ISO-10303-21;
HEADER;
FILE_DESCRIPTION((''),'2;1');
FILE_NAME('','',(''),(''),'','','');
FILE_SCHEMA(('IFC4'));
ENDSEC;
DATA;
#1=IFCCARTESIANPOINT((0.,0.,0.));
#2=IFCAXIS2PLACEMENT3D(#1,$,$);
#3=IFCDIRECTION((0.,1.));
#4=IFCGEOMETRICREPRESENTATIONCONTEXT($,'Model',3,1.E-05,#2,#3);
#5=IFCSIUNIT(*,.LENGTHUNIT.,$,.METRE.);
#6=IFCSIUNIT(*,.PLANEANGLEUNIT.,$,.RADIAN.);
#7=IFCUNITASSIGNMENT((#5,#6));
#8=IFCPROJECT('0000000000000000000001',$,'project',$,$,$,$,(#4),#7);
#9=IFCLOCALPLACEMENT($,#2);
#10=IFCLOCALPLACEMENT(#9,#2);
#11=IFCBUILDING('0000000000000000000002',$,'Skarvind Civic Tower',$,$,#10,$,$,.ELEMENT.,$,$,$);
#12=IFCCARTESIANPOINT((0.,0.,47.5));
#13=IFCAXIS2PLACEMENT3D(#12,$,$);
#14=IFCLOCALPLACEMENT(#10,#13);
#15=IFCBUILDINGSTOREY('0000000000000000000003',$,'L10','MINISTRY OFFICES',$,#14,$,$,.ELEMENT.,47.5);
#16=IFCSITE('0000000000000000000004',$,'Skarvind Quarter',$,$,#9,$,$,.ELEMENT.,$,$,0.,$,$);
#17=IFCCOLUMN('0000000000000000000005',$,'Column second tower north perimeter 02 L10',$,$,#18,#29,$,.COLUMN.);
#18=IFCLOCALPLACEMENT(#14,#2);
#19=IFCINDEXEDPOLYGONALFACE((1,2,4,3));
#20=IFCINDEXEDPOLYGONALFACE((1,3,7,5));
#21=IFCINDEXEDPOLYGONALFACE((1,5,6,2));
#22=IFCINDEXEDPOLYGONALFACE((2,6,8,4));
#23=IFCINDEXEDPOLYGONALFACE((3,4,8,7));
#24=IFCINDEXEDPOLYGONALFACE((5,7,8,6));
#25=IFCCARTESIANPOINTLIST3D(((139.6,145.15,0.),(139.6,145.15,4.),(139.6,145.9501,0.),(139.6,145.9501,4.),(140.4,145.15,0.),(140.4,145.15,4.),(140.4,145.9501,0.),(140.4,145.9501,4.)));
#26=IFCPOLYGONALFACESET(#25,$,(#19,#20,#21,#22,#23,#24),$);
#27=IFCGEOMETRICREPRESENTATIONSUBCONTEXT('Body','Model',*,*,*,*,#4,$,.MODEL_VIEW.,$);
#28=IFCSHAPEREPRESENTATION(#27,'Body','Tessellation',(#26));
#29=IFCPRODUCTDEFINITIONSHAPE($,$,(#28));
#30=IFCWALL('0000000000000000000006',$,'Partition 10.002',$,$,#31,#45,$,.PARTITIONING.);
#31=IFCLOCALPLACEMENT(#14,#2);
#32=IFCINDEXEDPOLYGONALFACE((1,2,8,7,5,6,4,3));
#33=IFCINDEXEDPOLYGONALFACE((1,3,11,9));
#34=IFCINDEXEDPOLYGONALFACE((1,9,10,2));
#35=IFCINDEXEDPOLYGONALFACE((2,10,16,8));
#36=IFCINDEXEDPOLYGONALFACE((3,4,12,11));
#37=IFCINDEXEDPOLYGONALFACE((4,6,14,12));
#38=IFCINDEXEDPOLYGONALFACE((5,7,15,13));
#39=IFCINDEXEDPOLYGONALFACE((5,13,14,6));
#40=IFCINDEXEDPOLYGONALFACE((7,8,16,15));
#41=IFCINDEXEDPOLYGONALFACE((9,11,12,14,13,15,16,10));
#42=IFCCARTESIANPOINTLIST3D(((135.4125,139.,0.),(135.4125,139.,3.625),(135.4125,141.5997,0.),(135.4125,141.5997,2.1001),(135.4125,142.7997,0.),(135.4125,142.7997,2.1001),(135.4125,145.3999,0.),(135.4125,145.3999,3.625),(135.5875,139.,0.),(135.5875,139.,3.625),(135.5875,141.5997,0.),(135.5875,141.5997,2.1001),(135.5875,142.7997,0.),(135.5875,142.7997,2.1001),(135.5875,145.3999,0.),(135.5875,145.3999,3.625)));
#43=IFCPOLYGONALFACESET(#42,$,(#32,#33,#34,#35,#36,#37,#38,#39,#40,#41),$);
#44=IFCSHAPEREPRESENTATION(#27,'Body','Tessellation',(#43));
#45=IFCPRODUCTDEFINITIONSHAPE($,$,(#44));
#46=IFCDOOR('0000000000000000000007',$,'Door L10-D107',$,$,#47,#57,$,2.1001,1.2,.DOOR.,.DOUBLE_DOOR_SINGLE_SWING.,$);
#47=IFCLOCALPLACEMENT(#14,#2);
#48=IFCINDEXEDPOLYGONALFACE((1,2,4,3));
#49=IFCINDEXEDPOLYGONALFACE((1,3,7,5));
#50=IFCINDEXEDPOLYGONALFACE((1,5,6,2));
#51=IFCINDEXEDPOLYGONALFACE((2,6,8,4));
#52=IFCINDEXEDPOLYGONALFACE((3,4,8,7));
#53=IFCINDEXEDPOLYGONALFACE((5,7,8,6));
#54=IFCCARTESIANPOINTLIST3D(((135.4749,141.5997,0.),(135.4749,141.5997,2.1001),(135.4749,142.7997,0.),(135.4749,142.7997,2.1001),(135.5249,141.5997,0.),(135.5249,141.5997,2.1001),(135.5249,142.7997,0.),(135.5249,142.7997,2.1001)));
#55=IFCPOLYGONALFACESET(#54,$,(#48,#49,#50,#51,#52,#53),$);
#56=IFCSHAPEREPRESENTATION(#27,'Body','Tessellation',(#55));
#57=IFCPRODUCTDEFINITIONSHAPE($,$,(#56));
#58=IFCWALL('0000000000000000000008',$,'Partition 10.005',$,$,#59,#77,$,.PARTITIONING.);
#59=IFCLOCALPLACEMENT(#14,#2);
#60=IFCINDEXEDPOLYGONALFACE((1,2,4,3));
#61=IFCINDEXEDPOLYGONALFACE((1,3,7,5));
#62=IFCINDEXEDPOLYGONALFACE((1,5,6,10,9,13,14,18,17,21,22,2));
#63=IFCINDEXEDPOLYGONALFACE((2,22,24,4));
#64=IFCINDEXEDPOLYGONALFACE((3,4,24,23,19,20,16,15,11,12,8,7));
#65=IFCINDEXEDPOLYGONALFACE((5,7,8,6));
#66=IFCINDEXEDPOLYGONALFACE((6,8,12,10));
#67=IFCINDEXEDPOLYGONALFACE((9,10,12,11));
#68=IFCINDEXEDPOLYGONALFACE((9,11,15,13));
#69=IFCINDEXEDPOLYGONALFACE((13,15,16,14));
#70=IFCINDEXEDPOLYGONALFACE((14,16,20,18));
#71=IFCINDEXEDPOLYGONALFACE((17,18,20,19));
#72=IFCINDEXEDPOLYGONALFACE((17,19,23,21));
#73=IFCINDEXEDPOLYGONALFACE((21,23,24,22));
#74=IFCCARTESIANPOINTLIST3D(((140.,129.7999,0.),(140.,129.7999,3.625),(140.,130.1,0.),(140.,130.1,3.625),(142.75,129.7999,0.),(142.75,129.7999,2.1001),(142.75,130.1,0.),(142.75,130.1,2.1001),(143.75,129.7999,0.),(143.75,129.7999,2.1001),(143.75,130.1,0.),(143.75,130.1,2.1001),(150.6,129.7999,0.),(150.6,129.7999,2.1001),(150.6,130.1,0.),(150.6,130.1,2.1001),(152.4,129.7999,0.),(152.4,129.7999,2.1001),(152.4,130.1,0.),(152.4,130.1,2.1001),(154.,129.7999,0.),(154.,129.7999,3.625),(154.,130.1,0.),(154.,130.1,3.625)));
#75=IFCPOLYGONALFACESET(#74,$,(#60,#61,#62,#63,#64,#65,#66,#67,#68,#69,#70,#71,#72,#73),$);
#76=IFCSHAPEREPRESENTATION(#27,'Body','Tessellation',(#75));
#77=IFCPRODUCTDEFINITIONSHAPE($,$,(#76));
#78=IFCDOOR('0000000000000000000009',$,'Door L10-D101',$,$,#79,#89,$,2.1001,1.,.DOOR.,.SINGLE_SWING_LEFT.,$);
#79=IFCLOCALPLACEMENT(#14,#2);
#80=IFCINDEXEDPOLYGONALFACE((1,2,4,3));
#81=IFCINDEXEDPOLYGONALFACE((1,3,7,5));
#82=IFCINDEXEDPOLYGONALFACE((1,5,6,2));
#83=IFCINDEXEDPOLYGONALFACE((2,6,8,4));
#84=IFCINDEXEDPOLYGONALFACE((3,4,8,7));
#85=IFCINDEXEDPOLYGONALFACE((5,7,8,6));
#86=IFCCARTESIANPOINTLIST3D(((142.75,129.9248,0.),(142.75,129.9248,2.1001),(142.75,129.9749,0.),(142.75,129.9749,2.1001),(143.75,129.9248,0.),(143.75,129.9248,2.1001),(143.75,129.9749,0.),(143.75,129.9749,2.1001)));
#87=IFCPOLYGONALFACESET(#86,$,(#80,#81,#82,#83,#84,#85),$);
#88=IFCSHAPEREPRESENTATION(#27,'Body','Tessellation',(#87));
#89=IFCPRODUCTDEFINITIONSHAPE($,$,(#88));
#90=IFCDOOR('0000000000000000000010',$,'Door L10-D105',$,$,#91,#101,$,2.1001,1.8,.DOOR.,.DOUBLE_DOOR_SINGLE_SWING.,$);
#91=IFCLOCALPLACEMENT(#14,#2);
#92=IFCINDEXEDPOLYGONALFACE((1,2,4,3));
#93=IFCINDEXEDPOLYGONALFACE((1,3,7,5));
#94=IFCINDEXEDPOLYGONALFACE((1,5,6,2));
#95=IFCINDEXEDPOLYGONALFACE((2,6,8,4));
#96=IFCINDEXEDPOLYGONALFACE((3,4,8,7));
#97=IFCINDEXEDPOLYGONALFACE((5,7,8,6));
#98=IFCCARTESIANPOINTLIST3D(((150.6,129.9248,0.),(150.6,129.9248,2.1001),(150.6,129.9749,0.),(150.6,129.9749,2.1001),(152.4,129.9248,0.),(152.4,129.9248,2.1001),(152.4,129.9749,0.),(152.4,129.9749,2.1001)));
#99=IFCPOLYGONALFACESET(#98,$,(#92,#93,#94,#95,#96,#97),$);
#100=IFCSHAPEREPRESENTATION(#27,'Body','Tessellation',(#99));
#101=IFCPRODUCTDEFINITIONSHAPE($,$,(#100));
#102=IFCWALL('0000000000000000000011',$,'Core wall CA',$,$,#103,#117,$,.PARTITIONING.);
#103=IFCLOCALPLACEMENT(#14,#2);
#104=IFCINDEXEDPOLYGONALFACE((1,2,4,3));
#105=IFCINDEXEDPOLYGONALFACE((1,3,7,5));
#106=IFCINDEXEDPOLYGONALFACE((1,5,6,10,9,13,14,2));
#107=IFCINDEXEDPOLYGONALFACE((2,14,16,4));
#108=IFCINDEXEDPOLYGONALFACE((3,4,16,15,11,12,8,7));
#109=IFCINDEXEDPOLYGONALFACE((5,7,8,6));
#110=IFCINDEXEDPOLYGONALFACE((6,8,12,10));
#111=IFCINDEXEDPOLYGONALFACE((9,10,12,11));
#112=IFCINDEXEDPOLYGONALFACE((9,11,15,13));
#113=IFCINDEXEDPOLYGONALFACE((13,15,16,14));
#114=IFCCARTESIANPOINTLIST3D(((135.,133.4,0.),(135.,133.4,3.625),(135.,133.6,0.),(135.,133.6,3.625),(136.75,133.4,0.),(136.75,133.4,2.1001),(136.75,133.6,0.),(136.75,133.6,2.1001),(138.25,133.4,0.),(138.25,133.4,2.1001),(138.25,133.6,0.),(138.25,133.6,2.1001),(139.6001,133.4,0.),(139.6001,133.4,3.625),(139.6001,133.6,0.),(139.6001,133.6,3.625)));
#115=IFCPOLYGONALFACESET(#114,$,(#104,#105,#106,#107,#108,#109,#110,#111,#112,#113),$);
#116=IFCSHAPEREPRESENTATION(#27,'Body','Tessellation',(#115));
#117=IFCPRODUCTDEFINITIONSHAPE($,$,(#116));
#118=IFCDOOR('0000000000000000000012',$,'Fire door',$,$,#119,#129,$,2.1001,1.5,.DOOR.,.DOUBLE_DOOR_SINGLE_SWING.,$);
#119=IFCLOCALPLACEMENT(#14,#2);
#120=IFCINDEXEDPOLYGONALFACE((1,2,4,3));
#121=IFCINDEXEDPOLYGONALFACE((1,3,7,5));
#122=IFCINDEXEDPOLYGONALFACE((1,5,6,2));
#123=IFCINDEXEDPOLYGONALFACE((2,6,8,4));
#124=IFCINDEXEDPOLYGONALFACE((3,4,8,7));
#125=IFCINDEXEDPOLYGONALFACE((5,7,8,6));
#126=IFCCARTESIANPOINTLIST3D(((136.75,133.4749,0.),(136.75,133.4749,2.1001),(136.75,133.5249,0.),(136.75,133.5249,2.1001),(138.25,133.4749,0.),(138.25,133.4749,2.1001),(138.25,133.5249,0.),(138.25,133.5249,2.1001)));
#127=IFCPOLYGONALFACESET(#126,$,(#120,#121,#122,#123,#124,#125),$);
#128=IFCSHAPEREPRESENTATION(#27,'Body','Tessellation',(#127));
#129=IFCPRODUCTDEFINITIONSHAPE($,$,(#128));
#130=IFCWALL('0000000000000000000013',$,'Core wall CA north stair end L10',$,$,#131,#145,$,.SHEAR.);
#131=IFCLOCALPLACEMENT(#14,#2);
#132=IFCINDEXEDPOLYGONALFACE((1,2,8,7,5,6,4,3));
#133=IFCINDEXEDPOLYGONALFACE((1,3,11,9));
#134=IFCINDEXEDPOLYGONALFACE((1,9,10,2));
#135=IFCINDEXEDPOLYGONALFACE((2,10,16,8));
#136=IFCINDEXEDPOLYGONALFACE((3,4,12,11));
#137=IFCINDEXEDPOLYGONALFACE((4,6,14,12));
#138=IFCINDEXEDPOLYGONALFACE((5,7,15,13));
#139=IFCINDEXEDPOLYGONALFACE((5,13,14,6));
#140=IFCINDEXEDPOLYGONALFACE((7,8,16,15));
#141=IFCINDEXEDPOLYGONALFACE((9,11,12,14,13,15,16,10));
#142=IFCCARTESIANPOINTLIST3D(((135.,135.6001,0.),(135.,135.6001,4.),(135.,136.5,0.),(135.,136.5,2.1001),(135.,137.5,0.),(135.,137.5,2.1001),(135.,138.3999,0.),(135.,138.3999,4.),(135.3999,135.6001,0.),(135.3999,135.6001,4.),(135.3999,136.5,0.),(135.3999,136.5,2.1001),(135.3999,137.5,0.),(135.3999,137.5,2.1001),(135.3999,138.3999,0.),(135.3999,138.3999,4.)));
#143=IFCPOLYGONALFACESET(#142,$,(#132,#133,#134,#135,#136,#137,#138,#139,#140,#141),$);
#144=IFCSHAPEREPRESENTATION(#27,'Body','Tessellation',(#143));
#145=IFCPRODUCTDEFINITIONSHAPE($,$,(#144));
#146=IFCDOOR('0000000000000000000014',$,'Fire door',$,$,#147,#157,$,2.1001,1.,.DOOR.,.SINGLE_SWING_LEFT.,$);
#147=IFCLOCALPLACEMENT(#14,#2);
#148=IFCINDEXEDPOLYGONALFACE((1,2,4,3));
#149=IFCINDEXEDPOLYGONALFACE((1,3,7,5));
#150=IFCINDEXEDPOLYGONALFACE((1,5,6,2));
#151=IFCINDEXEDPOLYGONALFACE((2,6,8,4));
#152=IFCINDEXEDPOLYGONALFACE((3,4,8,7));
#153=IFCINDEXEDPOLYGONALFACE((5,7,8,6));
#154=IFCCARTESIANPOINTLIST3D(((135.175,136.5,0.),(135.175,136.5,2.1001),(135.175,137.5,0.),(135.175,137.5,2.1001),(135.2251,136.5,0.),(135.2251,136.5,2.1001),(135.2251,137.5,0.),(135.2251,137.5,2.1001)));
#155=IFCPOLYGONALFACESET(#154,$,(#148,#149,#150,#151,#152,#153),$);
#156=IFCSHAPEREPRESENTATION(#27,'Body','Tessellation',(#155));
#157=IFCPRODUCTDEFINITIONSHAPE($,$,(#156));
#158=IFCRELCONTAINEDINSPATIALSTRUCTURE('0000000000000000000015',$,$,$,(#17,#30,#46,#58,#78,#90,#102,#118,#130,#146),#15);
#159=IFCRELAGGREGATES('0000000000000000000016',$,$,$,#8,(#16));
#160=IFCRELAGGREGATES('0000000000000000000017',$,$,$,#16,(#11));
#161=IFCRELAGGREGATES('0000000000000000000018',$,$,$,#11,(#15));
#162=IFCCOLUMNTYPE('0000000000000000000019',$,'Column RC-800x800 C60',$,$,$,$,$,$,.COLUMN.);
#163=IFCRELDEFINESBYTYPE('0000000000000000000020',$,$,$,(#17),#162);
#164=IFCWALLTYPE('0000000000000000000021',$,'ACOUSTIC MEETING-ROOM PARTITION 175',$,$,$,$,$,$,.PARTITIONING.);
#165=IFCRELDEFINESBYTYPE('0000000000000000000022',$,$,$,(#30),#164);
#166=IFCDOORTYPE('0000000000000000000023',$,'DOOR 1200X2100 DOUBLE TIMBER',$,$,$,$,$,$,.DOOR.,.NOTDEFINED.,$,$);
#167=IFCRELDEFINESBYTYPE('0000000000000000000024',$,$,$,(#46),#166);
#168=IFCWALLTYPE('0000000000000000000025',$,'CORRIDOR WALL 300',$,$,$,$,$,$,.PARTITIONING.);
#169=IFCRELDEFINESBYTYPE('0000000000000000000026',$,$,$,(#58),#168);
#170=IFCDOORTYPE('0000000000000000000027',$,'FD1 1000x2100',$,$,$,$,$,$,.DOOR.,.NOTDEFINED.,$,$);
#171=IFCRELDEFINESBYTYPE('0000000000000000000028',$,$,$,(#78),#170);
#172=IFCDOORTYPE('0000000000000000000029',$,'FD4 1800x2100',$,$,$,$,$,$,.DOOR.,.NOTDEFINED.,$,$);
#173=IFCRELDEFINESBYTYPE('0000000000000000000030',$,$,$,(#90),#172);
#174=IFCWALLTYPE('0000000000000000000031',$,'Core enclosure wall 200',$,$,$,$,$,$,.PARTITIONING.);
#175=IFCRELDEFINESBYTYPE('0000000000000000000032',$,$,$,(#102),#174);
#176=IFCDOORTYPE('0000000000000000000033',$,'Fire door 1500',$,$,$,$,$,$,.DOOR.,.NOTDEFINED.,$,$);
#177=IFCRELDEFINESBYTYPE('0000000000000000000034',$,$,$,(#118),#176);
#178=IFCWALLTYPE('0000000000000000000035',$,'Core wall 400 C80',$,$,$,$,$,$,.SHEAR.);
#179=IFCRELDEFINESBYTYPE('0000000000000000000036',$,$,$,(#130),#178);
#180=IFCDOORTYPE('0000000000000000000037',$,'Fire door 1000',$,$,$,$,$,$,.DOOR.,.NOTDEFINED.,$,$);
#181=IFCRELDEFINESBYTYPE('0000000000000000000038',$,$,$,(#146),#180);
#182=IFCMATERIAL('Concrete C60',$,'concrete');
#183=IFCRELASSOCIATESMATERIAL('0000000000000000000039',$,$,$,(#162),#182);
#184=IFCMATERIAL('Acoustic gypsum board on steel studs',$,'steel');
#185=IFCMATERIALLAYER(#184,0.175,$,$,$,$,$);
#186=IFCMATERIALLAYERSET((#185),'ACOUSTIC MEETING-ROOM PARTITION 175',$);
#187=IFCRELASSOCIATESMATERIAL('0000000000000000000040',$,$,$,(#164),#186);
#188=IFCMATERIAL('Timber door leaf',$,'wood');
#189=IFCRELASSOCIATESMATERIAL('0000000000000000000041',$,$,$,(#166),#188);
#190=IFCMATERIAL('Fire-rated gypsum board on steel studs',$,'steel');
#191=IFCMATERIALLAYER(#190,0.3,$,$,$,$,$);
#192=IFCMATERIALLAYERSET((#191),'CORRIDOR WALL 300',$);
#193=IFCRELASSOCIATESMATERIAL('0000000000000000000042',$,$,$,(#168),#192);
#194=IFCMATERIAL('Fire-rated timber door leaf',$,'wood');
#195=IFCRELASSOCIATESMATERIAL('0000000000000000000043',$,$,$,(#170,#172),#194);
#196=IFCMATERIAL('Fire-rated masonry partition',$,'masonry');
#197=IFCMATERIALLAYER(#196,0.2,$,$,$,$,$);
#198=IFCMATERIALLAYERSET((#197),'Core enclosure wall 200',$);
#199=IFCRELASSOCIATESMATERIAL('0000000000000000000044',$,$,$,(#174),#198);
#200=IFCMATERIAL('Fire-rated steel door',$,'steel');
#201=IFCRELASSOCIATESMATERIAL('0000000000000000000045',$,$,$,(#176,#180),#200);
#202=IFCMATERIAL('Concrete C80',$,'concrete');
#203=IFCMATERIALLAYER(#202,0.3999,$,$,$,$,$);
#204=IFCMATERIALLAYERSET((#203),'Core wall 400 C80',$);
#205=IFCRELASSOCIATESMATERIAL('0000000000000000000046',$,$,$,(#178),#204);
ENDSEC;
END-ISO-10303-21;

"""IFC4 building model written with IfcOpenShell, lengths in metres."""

from ifc_helpers import new_model, si_unit, direction, frame, frame_2d, origin, origin_2d, place, context, subcontext, project, spatial, rectangle, extrude, material, layer, layer_set, material_profile, profile_set, type_object, element, fill, save


model = new_model("IFC4")

# Units and contexts
model_context = context("Model", 3, precision=1e-05, world=origin(), true_north=direction((0.0, 1.0)))
body_context = subcontext(model_context, "Body", "Model", "MODEL_VIEW")
ifc_project = project(units=[si_unit("LENGTHUNIT", "METRE"), si_unit("PLANEANGLEUNIT", "RADIAN")], contexts=[model_context])

# Site, building, storey
site_placement = place(None, origin())
site = spatial("IfcSite", under=ifc_project, at=site_placement, Name="Skarvind Quarter", CompositionType="ELEMENT", RefElevation=0.0)
building_placement = place(site_placement, origin())
building = spatial("IfcBuilding", under=site, at=building_placement, Name="Skarvind Civic Tower", CompositionType="ELEMENT")
storey_placement = place(building_placement, frame((0.0, 0.0, 47.5)))
storey = spatial("IfcBuildingStorey", under=building, at=storey_placement, Name="L10", Description="MINISTRY OFFICES", CompositionType="ELEMENT", Elevation=47.5)

# Column
ifc_material_1 = material(Name="Concrete C60", Category="concrete")
ifc_material_profile = material_profile(ifc_material_1, rectangle(XDim=0.8, YDim=0.8, at=origin_2d()), Name="RC-800x800")
ifc_profile_set = profile_set([ifc_material_profile], Name="Concrete C60")
column_type = type_object("IfcColumnType", Name="Column RC-800x800 C60", PredefinedType="COLUMN", material=ifc_profile_set)
column_placement = place(storey_placement, frame((140.0, 145.55, 0.0), z_axis=(0.0, 0.0, 1.0), x_axis=(1.0, 0.0, 0.0)))
element("IfcColumn", 1, at=column_placement, inside=storey, type_object=column_type, Name="Column second tower north perimeter 02 L10", PredefinedType="COLUMN", context=body_context, shape_type="SweptSolid", body=[
    extrude(rectangle(XDim=0.8, YDim=0.8, at=origin_2d()), origin(), (0.0, 0.0, 1.0), 4.0),
])

# Wall, opening, door
ifc_material_2 = material(Name="Acoustic gypsum board on steel studs", Category="steel")
ifc_layer_1 = layer(ifc_material_2, 0.175)
ifc_layer_set_1 = layer_set([ifc_layer_1], Name="ACOUSTIC MEETING-ROOM PARTITION 175")
wall_type_1 = type_object("IfcWallType", Name="ACOUSTIC MEETING-ROOM PARTITION 175", PredefinedType="PARTITIONING", material=ifc_layer_set_1)
wall_1_placement = place(storey_placement, frame((135.5, 145.3999, 0.0), z_axis=(0.0, 0.0, 1.0), x_axis=(0.0, -1.0, 0.0)))
wall_1 = element("IfcWall", 2, at=wall_1_placement, inside=storey, type_object=wall_type_1, Name="Partition 10.002", PredefinedType="PARTITIONING", context=body_context, shape_type="SweptSolid", body=[
    extrude(rectangle(XDim=6.3999, YDim=0.175, at=frame_2d((3.2, 0.0))), origin(), (0.0, 0.0, 1.0), 3.625),
])
opening_1_placement = place(wall_1_placement, frame((2.6001, 0.0, 0.0)))
opening_1 = element("IfcOpeningElement", 3, at=opening_1_placement, cuts=wall_1, PredefinedType="OPENING", context=body_context, shape_type="SweptSolid", body=[
    extrude(rectangle(XDim=1.2, YDim=2.1001, at=frame_2d((0.6001, 1.05))), frame((0.0, 0.0974, 0.0), z_axis=(0.0, -1.0, 0.0), x_axis=(1.0, 0.0, 0.0)), (0.0, 0.0, 1.0), 0.1951),
])
ifc_material_3 = material(Name="Timber door leaf", Category="wood")
door_type_1 = type_object("IfcDoorType", Name="DOOR 1200X2100 DOUBLE TIMBER", OperationType="NOTDEFINED", PredefinedType="DOOR", material=ifc_material_3)
door_1_placement = place(opening_1_placement, origin())
door_1 = element("IfcDoor", 4, at=door_1_placement, inside=storey, type_object=door_type_1, Name="Door L10-D107", OperationType="DOUBLE_DOOR_SINGLE_SWING", OverallHeight=2.1001, OverallWidth=1.2, PredefinedType="DOOR", context=body_context, shape_type="SweptSolid", body=[
    extrude(rectangle(XDim=1.2, YDim=2.1001, at=frame_2d((0.6001, 1.05))), frame((0.0, 0.0249, 0.0), z_axis=(0.0, -1.0, 0.0), x_axis=(1.0, 0.0, 0.0)), (0.0, 0.0, 1.0), 0.05),
])
fill(opening_1, door_1)

# Wall, openings, doors
ifc_material_4 = material(Name="Fire-rated gypsum board on steel studs", Category="steel")
ifc_layer_2 = layer(ifc_material_4, 0.3)
ifc_layer_set_2 = layer_set([ifc_layer_2], Name="CORRIDOR WALL 300")
wall_type_2 = type_object("IfcWallType", Name="CORRIDOR WALL 300", PredefinedType="PARTITIONING", material=ifc_layer_set_2)
wall_2_placement = place(storey_placement, frame((140.0, 129.95, 0.0), z_axis=(0.0, 0.0, 1.0), x_axis=(1.0, 0.0, 0.0)))
wall_2 = element("IfcWall", 5, at=wall_2_placement, inside=storey, type_object=wall_type_2, Name="Partition 10.005", PredefinedType="PARTITIONING", context=body_context, shape_type="SweptSolid", body=[
    extrude(rectangle(XDim=14.0, YDim=0.3, at=frame_2d((7.0, 0.0))), origin(), (0.0, 0.0, 1.0), 3.625),
])
opening_2_placement = place(wall_2_placement, frame((2.75, 0.0, 0.0)))
opening_2 = element("IfcOpeningElement", 6, at=opening_2_placement, cuts=wall_2, PredefinedType="OPENING", context=body_context, shape_type="SweptSolid", body=[
    extrude(rectangle(XDim=1.0, YDim=2.1001, at=frame_2d((0.5, 1.05))), frame((0.0, 0.1599, 0.0), z_axis=(0.0, -1.0, 0.0), x_axis=(1.0, 0.0, 0.0)), (0.0, 0.0, 1.0), 0.3201),
])
opening_3_placement = place(wall_2_placement, frame((10.6001, 0.0, 0.0)))
opening_3 = element("IfcOpeningElement", 7, at=opening_3_placement, cuts=wall_2, PredefinedType="OPENING", context=body_context, shape_type="SweptSolid", body=[
    extrude(rectangle(XDim=1.8, YDim=2.1001, at=frame_2d((0.8999, 1.05))), frame((0.0, 0.1599, 0.0), z_axis=(0.0, -1.0, 0.0), x_axis=(1.0, 0.0, 0.0)), (0.0, 0.0, 1.0), 0.3201),
])
ifc_material_5 = material(Name="Fire-rated timber door leaf", Category="wood")
door_type_2 = type_object("IfcDoorType", Name="FD1 1000x2100", OperationType="NOTDEFINED", PredefinedType="DOOR", material=ifc_material_5)
door_2_placement = place(opening_2_placement, origin())
door_2 = element("IfcDoor", 8, at=door_2_placement, inside=storey, type_object=door_type_2, Name="Door L10-D101", OperationType="SINGLE_SWING_LEFT", OverallHeight=2.1001, OverallWidth=1.0, PredefinedType="DOOR", context=body_context, shape_type="SweptSolid", body=[
    extrude(rectangle(XDim=1.0, YDim=2.1001, at=frame_2d((0.5, 1.05))), frame((0.0, 0.0249, 0.0), z_axis=(0.0, -1.0, 0.0), x_axis=(1.0, 0.0, 0.0)), (0.0, 0.0, 1.0), 0.05),
])
fill(opening_2, door_2)
door_type_3 = type_object("IfcDoorType", Name="FD4 1800x2100", OperationType="NOTDEFINED", PredefinedType="DOOR", material=ifc_material_5)
door_3_placement = place(opening_3_placement, origin())
door_3 = element("IfcDoor", 9, at=door_3_placement, inside=storey, type_object=door_type_3, Name="Door L10-D105", OperationType="DOUBLE_DOOR_SINGLE_SWING", OverallHeight=2.1001, OverallWidth=1.8, PredefinedType="DOOR", context=body_context, shape_type="SweptSolid", body=[
    extrude(rectangle(XDim=1.8, YDim=2.1001, at=frame_2d((0.8999, 1.05))), frame((0.0, 0.0249, 0.0), z_axis=(0.0, -1.0, 0.0), x_axis=(1.0, 0.0, 0.0)), (0.0, 0.0, 1.0), 0.05),
])
fill(opening_3, door_3)

# Walls, openings, doors
ifc_material_6 = material(Name="Fire-rated masonry partition", Category="masonry")
ifc_layer_3 = layer(ifc_material_6, 0.2)
ifc_layer_set_3 = layer_set([ifc_layer_3], Name="Core enclosure wall 200")
wall_type_3 = type_object("IfcWallType", Name="Core enclosure wall 200", PredefinedType="PARTITIONING", material=ifc_layer_set_3)
wall_3_placement = place(storey_placement, frame((135.0, 133.5, 0.0), z_axis=(0.0, 0.0, 1.0), x_axis=(1.0, 0.0, 0.0)))
wall_3 = element("IfcWall", 10, at=wall_3_placement, inside=storey, type_object=wall_type_3, Name="Core wall CA", PredefinedType="PARTITIONING", context=body_context, shape_type="SweptSolid", body=[
    extrude(rectangle(XDim=4.6001, YDim=0.2, at=frame_2d((2.3, 0.0))), origin(), (0.0, 0.0, 1.0), 3.625),
])
opening_4_placement = place(wall_3_placement, frame((1.75, 0.0, 0.0)))
opening_4 = element("IfcOpeningElement", 11, at=opening_4_placement, cuts=wall_3, PredefinedType="OPENING", context=body_context, shape_type="SweptSolid", body=[
    extrude(rectangle(XDim=1.5, YDim=2.1001, at=frame_2d((0.75, 1.05))), frame((0.0, 0.1099, 0.0), z_axis=(0.0, -1.0, 0.0), x_axis=(1.0, 0.0, 0.0)), (0.0, 0.0, 1.0), 0.22),
])
ifc_material_7 = material(Name="Fire-rated steel door", Category="steel")
door_type_4 = type_object("IfcDoorType", Name="Fire door 1500", OperationType="NOTDEFINED", PredefinedType="DOOR", material=ifc_material_7)
door_4_placement = place(opening_4_placement, origin())
door_4 = element("IfcDoor", 12, at=door_4_placement, inside=storey, type_object=door_type_4, Name="Fire door", OperationType="DOUBLE_DOOR_SINGLE_SWING", OverallHeight=2.1001, OverallWidth=1.5, PredefinedType="DOOR", context=body_context, shape_type="SweptSolid", body=[
    extrude(rectangle(XDim=1.5, YDim=2.1001, at=frame_2d((0.75, 1.05))), frame((0.0, 0.0249, 0.0), z_axis=(0.0, -1.0, 0.0), x_axis=(1.0, 0.0, 0.0)), (0.0, 0.0, 1.0), 0.05),
])
fill(opening_4, door_4)
ifc_material_8 = material(Name="Concrete C80", Category="concrete")
ifc_layer_4 = layer(ifc_material_8, 0.3999)
ifc_layer_set_4 = layer_set([ifc_layer_4], Name="Core wall 400 C80")
wall_type_4 = type_object("IfcWallType", Name="Core wall 400 C80", PredefinedType="SHEAR", material=ifc_layer_set_4)
wall_4_placement = place(storey_placement, frame((135.2, 135.6001, 0.0), z_axis=(0.0, 0.0, 1.0), x_axis=(0.0, 1.0, 0.0)))
wall_4 = element("IfcWall", 13, at=wall_4_placement, inside=storey, type_object=wall_type_4, Name="Core wall CA north stair end L10", PredefinedType="SHEAR", context=body_context, shape_type="SweptSolid", body=[
    extrude(rectangle(XDim=2.7998, YDim=0.3999, at=frame_2d((1.3999, 0.0))), origin(), (0.0, 0.0, 1.0), 4.0),
])
opening_5_placement = place(wall_4_placement, frame((0.8999, 0.0, 0.0)))
opening_5 = element("IfcOpeningElement", 14, at=opening_5_placement, cuts=wall_4, PredefinedType="OPENING", context=body_context, shape_type="SweptSolid", body=[
    extrude(rectangle(XDim=1.0, YDim=2.1001, at=frame_2d((0.5, 1.05))), frame((0.0, 0.21, 0.0), z_axis=(0.0, -1.0, 0.0), x_axis=(1.0, 0.0, 0.0)), (0.0, 0.0, 1.0), 0.4199),
])
door_type_5 = type_object("IfcDoorType", Name="Fire door 1000", OperationType="NOTDEFINED", PredefinedType="DOOR", material=ifc_material_7)
door_5_placement = place(opening_5_placement, origin())
door_5 = element("IfcDoor", 15, at=door_5_placement, inside=storey, type_object=door_type_5, Name="Fire door", OperationType="SINGLE_SWING_LEFT", OverallHeight=2.1001, OverallWidth=1.0, PredefinedType="DOOR", context=body_context, shape_type="SweptSolid", body=[
    extrude(rectangle(XDim=1.0, YDim=2.1001, at=frame_2d((0.5, 1.05))), frame((0.0, 0.0249, 0.0), z_axis=(0.0, -1.0, 0.0), x_axis=(1.0, 0.0, 0.0)), (0.0, 0.0, 1.0), 0.05),
])
fill(opening_5, door_5)

save(model, "model.ifc")
